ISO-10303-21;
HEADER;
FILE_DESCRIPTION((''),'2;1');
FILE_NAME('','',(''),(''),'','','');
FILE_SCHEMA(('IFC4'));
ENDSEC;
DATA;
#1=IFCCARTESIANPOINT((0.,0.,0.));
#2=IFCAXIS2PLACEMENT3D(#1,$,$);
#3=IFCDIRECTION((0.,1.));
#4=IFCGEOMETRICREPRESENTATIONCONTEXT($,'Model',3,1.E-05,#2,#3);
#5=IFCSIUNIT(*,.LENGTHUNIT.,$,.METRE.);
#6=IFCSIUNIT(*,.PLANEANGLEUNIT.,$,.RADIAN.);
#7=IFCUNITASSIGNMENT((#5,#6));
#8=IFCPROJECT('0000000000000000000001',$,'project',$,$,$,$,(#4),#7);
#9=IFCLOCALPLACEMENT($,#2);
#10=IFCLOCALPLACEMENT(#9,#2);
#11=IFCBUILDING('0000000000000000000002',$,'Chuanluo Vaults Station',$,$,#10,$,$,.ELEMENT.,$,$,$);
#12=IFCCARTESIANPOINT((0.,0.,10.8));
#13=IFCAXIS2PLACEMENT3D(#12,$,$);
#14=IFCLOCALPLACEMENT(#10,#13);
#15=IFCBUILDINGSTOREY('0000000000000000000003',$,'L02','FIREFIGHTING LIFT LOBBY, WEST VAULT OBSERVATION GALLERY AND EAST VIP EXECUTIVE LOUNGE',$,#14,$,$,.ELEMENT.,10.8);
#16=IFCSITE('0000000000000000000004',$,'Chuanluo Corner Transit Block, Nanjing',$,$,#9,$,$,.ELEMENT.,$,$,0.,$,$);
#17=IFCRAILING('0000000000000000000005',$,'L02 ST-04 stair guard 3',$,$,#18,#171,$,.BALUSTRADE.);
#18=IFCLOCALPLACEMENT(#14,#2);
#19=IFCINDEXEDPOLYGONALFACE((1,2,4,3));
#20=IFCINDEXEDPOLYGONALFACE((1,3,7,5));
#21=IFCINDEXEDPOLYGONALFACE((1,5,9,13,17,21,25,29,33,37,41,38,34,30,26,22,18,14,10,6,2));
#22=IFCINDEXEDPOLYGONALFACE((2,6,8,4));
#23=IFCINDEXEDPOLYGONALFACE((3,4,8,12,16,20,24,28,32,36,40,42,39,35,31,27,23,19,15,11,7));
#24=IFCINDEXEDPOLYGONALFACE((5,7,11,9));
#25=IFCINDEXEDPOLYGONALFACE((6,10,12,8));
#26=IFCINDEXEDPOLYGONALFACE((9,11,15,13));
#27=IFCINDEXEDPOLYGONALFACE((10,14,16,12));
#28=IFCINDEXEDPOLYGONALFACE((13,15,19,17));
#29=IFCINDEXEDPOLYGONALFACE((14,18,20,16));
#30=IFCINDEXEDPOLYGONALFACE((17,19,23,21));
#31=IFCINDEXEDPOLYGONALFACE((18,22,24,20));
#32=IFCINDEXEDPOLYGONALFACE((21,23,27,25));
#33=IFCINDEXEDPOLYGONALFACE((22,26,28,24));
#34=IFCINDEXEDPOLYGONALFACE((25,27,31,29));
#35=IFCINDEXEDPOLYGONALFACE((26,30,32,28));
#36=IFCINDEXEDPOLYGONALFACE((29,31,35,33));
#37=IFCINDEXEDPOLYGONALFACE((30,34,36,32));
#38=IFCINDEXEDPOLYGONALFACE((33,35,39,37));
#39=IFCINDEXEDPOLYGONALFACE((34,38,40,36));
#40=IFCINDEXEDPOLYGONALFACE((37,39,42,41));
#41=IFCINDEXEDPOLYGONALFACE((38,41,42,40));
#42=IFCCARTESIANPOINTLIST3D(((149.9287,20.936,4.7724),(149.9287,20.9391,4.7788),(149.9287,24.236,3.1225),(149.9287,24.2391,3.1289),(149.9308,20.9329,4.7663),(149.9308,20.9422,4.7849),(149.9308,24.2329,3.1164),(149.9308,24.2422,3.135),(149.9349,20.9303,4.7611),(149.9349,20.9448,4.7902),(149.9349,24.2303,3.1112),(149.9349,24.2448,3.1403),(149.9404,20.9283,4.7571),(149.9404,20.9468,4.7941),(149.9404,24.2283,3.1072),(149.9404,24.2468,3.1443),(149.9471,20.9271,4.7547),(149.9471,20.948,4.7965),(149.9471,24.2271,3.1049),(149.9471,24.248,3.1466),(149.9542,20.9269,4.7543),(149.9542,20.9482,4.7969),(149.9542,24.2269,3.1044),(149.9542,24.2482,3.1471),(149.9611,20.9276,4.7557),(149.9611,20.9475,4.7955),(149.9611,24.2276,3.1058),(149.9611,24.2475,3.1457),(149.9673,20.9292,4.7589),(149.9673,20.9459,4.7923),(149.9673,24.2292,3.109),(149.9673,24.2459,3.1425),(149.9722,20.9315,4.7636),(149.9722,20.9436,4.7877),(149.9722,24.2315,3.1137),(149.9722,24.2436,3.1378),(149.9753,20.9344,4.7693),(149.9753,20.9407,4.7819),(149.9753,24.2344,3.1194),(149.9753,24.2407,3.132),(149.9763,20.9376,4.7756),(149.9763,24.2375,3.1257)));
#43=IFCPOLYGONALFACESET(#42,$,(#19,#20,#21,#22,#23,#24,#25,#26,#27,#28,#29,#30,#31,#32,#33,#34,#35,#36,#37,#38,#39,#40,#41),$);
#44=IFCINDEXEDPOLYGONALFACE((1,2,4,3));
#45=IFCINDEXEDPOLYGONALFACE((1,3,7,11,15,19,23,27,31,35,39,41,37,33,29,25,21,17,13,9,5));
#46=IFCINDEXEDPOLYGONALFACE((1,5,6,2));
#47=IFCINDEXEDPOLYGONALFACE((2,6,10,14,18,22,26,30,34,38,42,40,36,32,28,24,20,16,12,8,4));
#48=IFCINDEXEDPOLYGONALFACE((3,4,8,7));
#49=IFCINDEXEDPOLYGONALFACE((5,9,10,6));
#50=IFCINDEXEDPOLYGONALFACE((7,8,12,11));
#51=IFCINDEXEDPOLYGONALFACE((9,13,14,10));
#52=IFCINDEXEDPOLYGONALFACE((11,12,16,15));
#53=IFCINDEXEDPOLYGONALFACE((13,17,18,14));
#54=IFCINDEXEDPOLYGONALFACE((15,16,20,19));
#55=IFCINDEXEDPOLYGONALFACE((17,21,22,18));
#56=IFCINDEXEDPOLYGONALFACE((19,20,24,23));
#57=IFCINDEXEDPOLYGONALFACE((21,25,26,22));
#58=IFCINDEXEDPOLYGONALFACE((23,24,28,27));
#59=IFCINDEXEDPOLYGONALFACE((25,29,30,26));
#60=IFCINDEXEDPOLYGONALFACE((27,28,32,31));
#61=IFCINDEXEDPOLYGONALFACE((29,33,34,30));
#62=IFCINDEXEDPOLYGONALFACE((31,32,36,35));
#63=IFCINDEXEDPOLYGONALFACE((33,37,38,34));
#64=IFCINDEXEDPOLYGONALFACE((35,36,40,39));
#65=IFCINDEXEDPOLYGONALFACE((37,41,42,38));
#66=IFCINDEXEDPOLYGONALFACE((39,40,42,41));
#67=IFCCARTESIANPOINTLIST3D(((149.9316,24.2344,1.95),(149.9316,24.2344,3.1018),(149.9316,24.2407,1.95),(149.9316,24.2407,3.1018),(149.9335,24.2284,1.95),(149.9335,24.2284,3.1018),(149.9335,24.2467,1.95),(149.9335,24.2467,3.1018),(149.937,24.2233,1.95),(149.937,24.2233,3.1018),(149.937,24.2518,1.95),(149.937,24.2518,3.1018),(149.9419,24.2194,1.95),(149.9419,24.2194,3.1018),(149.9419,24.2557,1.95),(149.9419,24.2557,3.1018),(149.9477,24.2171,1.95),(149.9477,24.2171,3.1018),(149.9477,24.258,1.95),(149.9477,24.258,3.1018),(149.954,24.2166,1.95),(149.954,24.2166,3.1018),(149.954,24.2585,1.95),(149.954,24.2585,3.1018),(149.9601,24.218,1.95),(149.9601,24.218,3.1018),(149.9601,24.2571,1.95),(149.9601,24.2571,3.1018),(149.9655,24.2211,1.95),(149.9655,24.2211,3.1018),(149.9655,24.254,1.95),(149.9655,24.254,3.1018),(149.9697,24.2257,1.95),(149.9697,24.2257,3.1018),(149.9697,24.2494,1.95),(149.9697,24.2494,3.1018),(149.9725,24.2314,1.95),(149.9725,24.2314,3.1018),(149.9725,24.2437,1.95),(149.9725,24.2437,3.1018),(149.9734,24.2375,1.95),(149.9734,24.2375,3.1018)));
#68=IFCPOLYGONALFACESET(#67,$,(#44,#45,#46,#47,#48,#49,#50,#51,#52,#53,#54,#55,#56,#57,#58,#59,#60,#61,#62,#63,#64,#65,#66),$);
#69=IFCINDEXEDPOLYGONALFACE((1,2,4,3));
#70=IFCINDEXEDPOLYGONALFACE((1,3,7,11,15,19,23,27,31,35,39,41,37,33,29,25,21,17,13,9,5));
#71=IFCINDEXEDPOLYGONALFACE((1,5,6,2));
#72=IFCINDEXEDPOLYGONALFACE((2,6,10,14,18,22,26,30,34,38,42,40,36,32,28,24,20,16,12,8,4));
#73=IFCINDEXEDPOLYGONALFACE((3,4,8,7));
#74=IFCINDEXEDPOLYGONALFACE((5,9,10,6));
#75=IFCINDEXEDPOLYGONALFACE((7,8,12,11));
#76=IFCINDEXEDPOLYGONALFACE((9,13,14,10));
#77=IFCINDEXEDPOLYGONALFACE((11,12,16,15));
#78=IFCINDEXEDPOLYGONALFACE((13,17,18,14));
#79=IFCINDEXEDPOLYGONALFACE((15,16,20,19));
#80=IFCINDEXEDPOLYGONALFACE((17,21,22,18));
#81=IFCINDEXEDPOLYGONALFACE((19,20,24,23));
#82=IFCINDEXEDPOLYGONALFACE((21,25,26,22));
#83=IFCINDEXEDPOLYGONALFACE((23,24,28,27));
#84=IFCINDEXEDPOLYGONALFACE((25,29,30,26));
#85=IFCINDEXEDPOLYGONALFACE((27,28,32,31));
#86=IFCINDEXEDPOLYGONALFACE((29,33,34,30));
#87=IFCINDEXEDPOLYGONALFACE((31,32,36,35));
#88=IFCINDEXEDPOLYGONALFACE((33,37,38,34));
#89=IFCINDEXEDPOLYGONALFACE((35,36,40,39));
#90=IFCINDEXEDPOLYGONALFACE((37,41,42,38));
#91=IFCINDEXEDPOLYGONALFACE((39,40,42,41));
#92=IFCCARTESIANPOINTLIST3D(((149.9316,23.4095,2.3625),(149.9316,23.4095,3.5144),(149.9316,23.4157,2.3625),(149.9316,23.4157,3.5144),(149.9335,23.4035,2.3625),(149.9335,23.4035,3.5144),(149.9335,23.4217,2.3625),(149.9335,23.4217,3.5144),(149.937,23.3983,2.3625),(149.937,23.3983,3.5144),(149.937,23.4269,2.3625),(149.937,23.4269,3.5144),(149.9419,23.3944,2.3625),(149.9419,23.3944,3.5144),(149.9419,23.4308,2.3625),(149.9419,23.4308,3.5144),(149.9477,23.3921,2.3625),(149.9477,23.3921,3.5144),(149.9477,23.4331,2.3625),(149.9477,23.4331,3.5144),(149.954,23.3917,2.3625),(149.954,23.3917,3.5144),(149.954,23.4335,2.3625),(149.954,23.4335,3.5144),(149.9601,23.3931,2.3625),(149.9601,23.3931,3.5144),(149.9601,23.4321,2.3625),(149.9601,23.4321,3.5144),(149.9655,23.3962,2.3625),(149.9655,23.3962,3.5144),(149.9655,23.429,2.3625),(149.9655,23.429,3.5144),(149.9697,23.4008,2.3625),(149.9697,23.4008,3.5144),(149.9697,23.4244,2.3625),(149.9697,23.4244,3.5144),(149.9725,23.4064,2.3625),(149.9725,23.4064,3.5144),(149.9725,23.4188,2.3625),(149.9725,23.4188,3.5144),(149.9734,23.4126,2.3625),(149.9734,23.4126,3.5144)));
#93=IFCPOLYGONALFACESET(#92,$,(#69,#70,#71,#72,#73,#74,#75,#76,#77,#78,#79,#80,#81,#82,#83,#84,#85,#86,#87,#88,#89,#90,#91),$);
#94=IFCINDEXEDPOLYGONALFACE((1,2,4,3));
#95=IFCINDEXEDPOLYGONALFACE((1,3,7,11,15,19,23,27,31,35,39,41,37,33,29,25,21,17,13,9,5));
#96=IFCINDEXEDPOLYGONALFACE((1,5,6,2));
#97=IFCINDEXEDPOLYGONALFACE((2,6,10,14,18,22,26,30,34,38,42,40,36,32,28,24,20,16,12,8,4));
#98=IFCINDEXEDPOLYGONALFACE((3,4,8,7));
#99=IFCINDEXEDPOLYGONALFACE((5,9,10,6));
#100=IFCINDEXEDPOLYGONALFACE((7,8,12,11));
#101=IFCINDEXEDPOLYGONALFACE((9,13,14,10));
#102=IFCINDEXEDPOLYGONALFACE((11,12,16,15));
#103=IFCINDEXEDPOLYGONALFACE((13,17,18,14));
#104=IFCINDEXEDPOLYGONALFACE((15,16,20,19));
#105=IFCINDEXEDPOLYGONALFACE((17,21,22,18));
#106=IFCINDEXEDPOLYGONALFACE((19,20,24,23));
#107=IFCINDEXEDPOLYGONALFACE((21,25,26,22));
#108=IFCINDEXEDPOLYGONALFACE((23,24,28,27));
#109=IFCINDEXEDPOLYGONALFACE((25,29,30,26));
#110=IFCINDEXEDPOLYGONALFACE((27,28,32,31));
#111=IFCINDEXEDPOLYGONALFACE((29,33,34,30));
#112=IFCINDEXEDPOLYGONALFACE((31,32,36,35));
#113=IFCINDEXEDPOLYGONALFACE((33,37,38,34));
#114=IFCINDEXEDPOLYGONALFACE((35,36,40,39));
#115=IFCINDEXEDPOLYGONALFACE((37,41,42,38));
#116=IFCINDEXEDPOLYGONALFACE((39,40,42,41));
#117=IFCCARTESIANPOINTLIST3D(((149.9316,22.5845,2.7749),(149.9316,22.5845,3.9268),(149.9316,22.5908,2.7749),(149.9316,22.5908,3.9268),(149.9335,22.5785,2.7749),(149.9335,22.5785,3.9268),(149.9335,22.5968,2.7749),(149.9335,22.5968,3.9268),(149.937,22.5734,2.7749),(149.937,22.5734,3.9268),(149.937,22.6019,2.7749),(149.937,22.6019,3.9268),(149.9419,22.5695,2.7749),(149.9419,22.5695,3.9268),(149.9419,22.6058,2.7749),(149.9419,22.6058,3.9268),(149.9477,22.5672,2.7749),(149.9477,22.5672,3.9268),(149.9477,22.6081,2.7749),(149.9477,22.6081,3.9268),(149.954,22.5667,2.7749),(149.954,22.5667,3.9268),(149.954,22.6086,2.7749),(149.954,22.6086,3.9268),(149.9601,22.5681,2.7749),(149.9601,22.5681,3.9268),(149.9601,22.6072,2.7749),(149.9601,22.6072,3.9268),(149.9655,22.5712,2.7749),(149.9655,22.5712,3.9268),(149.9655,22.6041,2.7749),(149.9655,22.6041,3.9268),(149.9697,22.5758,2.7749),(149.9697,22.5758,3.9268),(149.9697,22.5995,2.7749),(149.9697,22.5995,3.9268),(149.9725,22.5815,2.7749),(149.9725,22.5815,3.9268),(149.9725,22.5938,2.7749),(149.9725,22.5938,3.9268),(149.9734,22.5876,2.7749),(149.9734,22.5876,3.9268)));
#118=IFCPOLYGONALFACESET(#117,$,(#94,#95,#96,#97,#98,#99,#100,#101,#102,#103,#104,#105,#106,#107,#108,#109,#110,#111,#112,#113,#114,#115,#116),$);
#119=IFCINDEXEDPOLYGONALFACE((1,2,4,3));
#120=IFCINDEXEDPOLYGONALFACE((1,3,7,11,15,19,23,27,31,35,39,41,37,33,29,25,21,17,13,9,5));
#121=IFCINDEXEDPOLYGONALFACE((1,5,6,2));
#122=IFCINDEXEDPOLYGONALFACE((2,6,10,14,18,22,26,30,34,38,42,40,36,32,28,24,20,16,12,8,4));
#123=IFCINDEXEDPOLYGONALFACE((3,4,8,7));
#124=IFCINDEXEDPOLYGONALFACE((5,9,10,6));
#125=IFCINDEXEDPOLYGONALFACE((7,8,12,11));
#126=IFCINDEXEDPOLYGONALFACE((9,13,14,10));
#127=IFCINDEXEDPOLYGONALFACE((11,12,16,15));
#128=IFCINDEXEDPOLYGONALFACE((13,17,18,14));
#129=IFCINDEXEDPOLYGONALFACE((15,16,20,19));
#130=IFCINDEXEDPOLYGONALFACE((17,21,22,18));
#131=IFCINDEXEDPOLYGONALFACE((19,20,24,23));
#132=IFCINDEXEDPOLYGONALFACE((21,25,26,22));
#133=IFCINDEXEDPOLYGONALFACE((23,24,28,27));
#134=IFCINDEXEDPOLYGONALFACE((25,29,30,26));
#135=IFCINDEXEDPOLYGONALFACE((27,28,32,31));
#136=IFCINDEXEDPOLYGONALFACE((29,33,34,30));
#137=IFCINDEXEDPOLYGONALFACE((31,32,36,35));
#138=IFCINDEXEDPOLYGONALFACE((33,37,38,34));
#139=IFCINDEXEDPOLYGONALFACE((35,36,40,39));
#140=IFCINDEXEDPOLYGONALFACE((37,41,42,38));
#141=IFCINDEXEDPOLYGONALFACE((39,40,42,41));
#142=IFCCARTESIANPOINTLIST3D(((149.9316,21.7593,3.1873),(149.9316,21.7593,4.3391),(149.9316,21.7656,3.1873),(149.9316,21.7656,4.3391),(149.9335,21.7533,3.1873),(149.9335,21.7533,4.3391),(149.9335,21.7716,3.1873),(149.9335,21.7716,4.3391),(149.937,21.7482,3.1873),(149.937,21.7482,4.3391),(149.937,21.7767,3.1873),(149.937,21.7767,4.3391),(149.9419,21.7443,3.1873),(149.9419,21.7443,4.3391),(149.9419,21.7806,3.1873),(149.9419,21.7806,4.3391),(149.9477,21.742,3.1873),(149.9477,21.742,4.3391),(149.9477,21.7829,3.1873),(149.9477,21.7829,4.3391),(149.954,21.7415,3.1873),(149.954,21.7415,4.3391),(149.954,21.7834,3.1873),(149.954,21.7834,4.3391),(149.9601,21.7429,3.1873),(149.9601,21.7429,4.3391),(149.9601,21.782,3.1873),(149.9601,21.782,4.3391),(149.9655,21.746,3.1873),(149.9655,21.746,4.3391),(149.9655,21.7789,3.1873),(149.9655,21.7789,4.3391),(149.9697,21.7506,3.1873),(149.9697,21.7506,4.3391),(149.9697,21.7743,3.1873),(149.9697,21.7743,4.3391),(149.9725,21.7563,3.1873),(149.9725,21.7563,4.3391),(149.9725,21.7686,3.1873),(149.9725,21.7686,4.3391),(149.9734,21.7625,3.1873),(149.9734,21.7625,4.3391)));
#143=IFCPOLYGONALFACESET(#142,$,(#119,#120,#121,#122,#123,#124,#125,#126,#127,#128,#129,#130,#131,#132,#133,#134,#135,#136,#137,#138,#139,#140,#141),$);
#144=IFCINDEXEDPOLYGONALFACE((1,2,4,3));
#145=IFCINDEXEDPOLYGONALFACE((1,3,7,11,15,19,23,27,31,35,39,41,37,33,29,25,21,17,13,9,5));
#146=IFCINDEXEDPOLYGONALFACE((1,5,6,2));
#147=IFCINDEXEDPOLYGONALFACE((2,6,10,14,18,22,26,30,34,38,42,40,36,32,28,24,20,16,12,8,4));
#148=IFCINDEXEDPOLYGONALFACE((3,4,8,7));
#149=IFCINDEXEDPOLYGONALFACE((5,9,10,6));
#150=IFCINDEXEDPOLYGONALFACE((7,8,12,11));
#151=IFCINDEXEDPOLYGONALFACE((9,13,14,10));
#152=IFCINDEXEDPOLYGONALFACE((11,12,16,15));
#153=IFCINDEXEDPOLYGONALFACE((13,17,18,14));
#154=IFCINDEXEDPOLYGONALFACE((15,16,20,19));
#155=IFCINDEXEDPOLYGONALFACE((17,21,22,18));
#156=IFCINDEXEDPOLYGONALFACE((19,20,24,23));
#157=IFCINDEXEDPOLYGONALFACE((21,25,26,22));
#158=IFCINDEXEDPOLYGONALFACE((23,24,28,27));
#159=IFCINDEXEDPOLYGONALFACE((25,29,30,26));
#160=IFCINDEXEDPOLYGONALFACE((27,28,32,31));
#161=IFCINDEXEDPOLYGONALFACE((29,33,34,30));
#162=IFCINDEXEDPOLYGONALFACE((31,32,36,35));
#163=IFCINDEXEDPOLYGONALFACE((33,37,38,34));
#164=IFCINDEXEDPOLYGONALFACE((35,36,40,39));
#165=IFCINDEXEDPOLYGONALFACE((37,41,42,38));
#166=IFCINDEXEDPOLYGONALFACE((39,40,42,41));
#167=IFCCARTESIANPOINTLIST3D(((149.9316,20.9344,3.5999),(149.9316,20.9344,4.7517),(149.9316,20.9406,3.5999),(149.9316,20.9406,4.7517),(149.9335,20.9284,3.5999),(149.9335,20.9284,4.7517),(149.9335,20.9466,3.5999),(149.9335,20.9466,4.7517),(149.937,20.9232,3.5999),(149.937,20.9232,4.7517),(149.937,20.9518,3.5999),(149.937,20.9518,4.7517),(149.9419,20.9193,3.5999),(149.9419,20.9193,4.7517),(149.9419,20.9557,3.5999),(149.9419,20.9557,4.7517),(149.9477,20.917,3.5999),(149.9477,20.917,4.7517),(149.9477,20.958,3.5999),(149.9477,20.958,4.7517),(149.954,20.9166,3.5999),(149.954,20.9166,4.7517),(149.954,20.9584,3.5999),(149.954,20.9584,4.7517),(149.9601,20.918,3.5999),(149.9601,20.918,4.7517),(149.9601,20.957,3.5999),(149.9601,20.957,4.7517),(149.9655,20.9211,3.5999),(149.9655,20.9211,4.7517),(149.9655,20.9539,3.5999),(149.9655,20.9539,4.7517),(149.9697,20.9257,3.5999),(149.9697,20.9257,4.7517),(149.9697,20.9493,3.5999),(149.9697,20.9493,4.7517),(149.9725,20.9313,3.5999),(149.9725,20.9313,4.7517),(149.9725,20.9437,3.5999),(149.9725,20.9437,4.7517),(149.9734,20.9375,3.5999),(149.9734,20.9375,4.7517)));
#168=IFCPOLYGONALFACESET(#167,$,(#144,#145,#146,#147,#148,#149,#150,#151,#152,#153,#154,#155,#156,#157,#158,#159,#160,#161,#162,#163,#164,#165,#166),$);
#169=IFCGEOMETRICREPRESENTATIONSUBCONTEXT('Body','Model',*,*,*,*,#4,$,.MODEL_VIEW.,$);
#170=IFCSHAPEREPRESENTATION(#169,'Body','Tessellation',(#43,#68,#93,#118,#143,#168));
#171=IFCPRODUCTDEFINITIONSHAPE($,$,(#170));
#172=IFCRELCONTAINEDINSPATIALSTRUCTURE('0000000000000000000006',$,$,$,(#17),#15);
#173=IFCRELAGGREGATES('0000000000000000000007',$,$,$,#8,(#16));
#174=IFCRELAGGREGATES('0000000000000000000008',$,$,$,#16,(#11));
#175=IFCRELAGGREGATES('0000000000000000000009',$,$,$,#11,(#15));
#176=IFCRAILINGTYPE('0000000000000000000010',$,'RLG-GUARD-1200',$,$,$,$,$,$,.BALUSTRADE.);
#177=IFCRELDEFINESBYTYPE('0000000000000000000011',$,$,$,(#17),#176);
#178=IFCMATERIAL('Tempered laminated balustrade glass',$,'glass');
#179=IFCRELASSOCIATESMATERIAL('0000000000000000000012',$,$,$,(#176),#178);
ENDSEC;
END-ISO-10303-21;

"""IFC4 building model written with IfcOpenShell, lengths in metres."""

from ifc_helpers import new_model, si_unit, direction, frame, origin, origin_2d, place, context, subcontext, project, spatial, circle, extrude, material, type_object, element, save


model = new_model("IFC4")

# Units and contexts
model_context = context("Model", 3, precision=1e-05, world=origin(), true_north=direction((0.0, 1.0)))
body_context = subcontext(model_context, "Body", "Model", "MODEL_VIEW")
ifc_project = project(units=[si_unit("LENGTHUNIT", "METRE"), si_unit("PLANEANGLEUNIT", "RADIAN")], contexts=[model_context])

# Site, building, storey
site_placement = place(None, origin())
site = spatial("IfcSite", under=ifc_project, at=site_placement, Name="Chuanluo Corner Transit Block, Nanjing", CompositionType="ELEMENT", RefElevation=0.0)
building_placement = place(site_placement, origin())
building = spatial("IfcBuilding", under=site, at=building_placement, Name="Chuanluo Vaults Station", CompositionType="ELEMENT")
storey_placement = place(building_placement, frame((0.0, 0.0, 10.8)))
storey = spatial("IfcBuildingStorey", under=building, at=storey_placement, Name="L02", Description="FIREFIGHTING LIFT LOBBY, WEST VAULT OBSERVATION GALLERY AND EAST VIP EXECUTIVE LOUNGE", CompositionType="ELEMENT", Elevation=10.8)

# Railing
ifc_material_1 = material(Name="Tempered laminated balustrade glass", Category="glass")
railing_type_1 = type_object("IfcRailingType", Name="RLG-GUARD-1200", PredefinedType="BALUSTRADE", material=ifc_material_1)
railing_1_placement = place(storey_placement, frame((149.9524, 24.2375, 1.95)))
element("IfcRailing", 1, at=railing_1_placement, inside=storey, type_object=railing_type_1, Name="L02 ST-04 stair guard 3", PredefinedType="BALUSTRADE", context=body_context, shape_type="SweptSolid", body=[
    extrude(circle(Radius=0.0239, at=origin_2d()), frame((0.0, 0.0, 1.1758), z_axis=(0.0, -0.89444, 0.447187), x_axis=(1.0, 0.0, 0.0)), (0.0, 0.0, 1.0), 3.6895),
    extrude(circle(Radius=0.021, at=origin_2d()), origin(), (0.0, 0.0, 1.0), 1.1519),
    extrude(circle(Radius=0.021, at=origin_2d()), frame((0.0, -0.825, 0.4126)), (0.0, 0.0, 1.0), 1.1519),
    extrude(circle(Radius=0.021, at=origin_2d()), frame((0.0, -1.6499, 0.825)), (0.0, 0.0, 1.0), 1.1519),
    extrude(circle(Radius=0.021, at=origin_2d()), frame((0.0, -2.4751, 1.2373)), (0.0, 0.0, 1.0), 1.1519),
    extrude(circle(Radius=0.021, at=origin_2d()), frame((0.0, -3.3, 1.6499)), (0.0, 0.0, 1.0), 1.1519),
])

save(model, "model.ifc")
